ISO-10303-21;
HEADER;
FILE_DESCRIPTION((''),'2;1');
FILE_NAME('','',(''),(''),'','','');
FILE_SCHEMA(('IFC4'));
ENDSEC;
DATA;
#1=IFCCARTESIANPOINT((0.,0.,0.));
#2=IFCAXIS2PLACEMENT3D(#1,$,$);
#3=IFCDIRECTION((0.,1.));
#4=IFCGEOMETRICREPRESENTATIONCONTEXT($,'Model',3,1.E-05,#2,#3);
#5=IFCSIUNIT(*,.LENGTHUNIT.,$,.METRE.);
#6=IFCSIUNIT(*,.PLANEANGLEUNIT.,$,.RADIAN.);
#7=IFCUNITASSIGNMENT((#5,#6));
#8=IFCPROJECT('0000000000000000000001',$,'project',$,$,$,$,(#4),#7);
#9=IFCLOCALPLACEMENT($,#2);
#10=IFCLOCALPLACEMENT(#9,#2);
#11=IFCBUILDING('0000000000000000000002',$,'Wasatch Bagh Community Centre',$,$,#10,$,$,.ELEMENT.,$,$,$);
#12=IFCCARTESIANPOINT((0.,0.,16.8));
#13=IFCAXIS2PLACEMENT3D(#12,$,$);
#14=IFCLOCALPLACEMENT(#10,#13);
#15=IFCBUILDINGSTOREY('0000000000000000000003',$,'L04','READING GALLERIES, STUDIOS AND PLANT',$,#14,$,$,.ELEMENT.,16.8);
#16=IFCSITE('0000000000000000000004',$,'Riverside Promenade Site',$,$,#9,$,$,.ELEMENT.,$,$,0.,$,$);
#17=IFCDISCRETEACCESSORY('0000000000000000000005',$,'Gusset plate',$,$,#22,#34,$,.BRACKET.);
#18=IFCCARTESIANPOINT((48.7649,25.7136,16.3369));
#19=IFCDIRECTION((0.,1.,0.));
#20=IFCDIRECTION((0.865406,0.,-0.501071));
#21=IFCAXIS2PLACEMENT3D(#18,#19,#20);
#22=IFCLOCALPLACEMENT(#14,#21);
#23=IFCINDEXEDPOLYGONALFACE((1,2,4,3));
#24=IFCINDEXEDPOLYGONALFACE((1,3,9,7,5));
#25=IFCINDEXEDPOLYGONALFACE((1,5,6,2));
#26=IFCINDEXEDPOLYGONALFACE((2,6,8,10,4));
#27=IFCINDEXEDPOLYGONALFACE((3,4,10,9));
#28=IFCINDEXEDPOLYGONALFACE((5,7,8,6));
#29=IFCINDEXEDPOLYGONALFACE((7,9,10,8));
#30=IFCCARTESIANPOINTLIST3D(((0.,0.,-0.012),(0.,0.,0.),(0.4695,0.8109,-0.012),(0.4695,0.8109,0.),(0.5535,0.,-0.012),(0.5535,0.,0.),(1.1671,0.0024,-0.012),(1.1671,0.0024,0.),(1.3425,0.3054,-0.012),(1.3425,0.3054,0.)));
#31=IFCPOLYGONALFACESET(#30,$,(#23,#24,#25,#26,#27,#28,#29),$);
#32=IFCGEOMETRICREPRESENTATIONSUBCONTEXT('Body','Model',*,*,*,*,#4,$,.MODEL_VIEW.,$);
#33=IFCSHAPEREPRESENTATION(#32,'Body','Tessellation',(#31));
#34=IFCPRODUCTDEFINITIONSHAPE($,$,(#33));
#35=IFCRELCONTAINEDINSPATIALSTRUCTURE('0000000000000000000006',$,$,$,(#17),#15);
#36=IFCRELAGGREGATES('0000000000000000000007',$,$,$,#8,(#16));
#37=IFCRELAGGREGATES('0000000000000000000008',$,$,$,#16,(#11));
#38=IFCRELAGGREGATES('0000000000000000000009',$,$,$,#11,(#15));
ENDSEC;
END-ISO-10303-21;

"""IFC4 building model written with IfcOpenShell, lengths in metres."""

from ifc_helpers import new_model, si_unit, direction, frame, origin, place, context, subcontext, project, spatial, polyline, outline, extrude, element, save


model = new_model("IFC4")

# Units and contexts
model_context = context("Model", 3, precision=1e-05, world=origin(), true_north=direction((0.0, 1.0)))
body_context = subcontext(model_context, "Body", "Model", "MODEL_VIEW")
ifc_project = project(units=[si_unit("LENGTHUNIT", "METRE"), si_unit("PLANEANGLEUNIT", "RADIAN")], contexts=[model_context])

# Site, building, storey
site_placement = place(None, origin())
site = spatial("IfcSite", under=ifc_project, at=site_placement, Name="Riverside Promenade Site", CompositionType="ELEMENT", RefElevation=0.0)
building_placement = place(site_placement, origin())
building = spatial("IfcBuilding", under=site, at=building_placement, Name="Wasatch Bagh Community Centre", CompositionType="ELEMENT")
storey_placement = place(building_placement, frame((0.0, 0.0, 16.8)))
storey = spatial("IfcBuildingStorey", under=building, at=storey_placement, Name="L04", Description="READING GALLERIES, STUDIOS AND PLANT", CompositionType="ELEMENT", Elevation=16.8)

# Discrete accessory
discrete_accessory_1_placement = place(storey_placement, frame((48.7649, 25.7136, 16.3369), z_axis=(0.0, 1.0, 0.0), x_axis=(0.865406, 0.0, -0.501071)))
element("IfcDiscreteAccessory", 1, at=discrete_accessory_1_placement, inside=storey, Name="Gusset plate", PredefinedType="BRACKET", context=body_context, shape_type="SweptSolid", body=[
    extrude(outline(polyline([(0.0, 0.0), (0.5535, 0.0), (1.1671, 0.0024), (1.3425, 0.3054), (0.4695, 0.8109), (0.0, 0.0)])), origin(), (0.0, 0.0, -1.0), 0.012),
])

save(model, "model.ifc")
